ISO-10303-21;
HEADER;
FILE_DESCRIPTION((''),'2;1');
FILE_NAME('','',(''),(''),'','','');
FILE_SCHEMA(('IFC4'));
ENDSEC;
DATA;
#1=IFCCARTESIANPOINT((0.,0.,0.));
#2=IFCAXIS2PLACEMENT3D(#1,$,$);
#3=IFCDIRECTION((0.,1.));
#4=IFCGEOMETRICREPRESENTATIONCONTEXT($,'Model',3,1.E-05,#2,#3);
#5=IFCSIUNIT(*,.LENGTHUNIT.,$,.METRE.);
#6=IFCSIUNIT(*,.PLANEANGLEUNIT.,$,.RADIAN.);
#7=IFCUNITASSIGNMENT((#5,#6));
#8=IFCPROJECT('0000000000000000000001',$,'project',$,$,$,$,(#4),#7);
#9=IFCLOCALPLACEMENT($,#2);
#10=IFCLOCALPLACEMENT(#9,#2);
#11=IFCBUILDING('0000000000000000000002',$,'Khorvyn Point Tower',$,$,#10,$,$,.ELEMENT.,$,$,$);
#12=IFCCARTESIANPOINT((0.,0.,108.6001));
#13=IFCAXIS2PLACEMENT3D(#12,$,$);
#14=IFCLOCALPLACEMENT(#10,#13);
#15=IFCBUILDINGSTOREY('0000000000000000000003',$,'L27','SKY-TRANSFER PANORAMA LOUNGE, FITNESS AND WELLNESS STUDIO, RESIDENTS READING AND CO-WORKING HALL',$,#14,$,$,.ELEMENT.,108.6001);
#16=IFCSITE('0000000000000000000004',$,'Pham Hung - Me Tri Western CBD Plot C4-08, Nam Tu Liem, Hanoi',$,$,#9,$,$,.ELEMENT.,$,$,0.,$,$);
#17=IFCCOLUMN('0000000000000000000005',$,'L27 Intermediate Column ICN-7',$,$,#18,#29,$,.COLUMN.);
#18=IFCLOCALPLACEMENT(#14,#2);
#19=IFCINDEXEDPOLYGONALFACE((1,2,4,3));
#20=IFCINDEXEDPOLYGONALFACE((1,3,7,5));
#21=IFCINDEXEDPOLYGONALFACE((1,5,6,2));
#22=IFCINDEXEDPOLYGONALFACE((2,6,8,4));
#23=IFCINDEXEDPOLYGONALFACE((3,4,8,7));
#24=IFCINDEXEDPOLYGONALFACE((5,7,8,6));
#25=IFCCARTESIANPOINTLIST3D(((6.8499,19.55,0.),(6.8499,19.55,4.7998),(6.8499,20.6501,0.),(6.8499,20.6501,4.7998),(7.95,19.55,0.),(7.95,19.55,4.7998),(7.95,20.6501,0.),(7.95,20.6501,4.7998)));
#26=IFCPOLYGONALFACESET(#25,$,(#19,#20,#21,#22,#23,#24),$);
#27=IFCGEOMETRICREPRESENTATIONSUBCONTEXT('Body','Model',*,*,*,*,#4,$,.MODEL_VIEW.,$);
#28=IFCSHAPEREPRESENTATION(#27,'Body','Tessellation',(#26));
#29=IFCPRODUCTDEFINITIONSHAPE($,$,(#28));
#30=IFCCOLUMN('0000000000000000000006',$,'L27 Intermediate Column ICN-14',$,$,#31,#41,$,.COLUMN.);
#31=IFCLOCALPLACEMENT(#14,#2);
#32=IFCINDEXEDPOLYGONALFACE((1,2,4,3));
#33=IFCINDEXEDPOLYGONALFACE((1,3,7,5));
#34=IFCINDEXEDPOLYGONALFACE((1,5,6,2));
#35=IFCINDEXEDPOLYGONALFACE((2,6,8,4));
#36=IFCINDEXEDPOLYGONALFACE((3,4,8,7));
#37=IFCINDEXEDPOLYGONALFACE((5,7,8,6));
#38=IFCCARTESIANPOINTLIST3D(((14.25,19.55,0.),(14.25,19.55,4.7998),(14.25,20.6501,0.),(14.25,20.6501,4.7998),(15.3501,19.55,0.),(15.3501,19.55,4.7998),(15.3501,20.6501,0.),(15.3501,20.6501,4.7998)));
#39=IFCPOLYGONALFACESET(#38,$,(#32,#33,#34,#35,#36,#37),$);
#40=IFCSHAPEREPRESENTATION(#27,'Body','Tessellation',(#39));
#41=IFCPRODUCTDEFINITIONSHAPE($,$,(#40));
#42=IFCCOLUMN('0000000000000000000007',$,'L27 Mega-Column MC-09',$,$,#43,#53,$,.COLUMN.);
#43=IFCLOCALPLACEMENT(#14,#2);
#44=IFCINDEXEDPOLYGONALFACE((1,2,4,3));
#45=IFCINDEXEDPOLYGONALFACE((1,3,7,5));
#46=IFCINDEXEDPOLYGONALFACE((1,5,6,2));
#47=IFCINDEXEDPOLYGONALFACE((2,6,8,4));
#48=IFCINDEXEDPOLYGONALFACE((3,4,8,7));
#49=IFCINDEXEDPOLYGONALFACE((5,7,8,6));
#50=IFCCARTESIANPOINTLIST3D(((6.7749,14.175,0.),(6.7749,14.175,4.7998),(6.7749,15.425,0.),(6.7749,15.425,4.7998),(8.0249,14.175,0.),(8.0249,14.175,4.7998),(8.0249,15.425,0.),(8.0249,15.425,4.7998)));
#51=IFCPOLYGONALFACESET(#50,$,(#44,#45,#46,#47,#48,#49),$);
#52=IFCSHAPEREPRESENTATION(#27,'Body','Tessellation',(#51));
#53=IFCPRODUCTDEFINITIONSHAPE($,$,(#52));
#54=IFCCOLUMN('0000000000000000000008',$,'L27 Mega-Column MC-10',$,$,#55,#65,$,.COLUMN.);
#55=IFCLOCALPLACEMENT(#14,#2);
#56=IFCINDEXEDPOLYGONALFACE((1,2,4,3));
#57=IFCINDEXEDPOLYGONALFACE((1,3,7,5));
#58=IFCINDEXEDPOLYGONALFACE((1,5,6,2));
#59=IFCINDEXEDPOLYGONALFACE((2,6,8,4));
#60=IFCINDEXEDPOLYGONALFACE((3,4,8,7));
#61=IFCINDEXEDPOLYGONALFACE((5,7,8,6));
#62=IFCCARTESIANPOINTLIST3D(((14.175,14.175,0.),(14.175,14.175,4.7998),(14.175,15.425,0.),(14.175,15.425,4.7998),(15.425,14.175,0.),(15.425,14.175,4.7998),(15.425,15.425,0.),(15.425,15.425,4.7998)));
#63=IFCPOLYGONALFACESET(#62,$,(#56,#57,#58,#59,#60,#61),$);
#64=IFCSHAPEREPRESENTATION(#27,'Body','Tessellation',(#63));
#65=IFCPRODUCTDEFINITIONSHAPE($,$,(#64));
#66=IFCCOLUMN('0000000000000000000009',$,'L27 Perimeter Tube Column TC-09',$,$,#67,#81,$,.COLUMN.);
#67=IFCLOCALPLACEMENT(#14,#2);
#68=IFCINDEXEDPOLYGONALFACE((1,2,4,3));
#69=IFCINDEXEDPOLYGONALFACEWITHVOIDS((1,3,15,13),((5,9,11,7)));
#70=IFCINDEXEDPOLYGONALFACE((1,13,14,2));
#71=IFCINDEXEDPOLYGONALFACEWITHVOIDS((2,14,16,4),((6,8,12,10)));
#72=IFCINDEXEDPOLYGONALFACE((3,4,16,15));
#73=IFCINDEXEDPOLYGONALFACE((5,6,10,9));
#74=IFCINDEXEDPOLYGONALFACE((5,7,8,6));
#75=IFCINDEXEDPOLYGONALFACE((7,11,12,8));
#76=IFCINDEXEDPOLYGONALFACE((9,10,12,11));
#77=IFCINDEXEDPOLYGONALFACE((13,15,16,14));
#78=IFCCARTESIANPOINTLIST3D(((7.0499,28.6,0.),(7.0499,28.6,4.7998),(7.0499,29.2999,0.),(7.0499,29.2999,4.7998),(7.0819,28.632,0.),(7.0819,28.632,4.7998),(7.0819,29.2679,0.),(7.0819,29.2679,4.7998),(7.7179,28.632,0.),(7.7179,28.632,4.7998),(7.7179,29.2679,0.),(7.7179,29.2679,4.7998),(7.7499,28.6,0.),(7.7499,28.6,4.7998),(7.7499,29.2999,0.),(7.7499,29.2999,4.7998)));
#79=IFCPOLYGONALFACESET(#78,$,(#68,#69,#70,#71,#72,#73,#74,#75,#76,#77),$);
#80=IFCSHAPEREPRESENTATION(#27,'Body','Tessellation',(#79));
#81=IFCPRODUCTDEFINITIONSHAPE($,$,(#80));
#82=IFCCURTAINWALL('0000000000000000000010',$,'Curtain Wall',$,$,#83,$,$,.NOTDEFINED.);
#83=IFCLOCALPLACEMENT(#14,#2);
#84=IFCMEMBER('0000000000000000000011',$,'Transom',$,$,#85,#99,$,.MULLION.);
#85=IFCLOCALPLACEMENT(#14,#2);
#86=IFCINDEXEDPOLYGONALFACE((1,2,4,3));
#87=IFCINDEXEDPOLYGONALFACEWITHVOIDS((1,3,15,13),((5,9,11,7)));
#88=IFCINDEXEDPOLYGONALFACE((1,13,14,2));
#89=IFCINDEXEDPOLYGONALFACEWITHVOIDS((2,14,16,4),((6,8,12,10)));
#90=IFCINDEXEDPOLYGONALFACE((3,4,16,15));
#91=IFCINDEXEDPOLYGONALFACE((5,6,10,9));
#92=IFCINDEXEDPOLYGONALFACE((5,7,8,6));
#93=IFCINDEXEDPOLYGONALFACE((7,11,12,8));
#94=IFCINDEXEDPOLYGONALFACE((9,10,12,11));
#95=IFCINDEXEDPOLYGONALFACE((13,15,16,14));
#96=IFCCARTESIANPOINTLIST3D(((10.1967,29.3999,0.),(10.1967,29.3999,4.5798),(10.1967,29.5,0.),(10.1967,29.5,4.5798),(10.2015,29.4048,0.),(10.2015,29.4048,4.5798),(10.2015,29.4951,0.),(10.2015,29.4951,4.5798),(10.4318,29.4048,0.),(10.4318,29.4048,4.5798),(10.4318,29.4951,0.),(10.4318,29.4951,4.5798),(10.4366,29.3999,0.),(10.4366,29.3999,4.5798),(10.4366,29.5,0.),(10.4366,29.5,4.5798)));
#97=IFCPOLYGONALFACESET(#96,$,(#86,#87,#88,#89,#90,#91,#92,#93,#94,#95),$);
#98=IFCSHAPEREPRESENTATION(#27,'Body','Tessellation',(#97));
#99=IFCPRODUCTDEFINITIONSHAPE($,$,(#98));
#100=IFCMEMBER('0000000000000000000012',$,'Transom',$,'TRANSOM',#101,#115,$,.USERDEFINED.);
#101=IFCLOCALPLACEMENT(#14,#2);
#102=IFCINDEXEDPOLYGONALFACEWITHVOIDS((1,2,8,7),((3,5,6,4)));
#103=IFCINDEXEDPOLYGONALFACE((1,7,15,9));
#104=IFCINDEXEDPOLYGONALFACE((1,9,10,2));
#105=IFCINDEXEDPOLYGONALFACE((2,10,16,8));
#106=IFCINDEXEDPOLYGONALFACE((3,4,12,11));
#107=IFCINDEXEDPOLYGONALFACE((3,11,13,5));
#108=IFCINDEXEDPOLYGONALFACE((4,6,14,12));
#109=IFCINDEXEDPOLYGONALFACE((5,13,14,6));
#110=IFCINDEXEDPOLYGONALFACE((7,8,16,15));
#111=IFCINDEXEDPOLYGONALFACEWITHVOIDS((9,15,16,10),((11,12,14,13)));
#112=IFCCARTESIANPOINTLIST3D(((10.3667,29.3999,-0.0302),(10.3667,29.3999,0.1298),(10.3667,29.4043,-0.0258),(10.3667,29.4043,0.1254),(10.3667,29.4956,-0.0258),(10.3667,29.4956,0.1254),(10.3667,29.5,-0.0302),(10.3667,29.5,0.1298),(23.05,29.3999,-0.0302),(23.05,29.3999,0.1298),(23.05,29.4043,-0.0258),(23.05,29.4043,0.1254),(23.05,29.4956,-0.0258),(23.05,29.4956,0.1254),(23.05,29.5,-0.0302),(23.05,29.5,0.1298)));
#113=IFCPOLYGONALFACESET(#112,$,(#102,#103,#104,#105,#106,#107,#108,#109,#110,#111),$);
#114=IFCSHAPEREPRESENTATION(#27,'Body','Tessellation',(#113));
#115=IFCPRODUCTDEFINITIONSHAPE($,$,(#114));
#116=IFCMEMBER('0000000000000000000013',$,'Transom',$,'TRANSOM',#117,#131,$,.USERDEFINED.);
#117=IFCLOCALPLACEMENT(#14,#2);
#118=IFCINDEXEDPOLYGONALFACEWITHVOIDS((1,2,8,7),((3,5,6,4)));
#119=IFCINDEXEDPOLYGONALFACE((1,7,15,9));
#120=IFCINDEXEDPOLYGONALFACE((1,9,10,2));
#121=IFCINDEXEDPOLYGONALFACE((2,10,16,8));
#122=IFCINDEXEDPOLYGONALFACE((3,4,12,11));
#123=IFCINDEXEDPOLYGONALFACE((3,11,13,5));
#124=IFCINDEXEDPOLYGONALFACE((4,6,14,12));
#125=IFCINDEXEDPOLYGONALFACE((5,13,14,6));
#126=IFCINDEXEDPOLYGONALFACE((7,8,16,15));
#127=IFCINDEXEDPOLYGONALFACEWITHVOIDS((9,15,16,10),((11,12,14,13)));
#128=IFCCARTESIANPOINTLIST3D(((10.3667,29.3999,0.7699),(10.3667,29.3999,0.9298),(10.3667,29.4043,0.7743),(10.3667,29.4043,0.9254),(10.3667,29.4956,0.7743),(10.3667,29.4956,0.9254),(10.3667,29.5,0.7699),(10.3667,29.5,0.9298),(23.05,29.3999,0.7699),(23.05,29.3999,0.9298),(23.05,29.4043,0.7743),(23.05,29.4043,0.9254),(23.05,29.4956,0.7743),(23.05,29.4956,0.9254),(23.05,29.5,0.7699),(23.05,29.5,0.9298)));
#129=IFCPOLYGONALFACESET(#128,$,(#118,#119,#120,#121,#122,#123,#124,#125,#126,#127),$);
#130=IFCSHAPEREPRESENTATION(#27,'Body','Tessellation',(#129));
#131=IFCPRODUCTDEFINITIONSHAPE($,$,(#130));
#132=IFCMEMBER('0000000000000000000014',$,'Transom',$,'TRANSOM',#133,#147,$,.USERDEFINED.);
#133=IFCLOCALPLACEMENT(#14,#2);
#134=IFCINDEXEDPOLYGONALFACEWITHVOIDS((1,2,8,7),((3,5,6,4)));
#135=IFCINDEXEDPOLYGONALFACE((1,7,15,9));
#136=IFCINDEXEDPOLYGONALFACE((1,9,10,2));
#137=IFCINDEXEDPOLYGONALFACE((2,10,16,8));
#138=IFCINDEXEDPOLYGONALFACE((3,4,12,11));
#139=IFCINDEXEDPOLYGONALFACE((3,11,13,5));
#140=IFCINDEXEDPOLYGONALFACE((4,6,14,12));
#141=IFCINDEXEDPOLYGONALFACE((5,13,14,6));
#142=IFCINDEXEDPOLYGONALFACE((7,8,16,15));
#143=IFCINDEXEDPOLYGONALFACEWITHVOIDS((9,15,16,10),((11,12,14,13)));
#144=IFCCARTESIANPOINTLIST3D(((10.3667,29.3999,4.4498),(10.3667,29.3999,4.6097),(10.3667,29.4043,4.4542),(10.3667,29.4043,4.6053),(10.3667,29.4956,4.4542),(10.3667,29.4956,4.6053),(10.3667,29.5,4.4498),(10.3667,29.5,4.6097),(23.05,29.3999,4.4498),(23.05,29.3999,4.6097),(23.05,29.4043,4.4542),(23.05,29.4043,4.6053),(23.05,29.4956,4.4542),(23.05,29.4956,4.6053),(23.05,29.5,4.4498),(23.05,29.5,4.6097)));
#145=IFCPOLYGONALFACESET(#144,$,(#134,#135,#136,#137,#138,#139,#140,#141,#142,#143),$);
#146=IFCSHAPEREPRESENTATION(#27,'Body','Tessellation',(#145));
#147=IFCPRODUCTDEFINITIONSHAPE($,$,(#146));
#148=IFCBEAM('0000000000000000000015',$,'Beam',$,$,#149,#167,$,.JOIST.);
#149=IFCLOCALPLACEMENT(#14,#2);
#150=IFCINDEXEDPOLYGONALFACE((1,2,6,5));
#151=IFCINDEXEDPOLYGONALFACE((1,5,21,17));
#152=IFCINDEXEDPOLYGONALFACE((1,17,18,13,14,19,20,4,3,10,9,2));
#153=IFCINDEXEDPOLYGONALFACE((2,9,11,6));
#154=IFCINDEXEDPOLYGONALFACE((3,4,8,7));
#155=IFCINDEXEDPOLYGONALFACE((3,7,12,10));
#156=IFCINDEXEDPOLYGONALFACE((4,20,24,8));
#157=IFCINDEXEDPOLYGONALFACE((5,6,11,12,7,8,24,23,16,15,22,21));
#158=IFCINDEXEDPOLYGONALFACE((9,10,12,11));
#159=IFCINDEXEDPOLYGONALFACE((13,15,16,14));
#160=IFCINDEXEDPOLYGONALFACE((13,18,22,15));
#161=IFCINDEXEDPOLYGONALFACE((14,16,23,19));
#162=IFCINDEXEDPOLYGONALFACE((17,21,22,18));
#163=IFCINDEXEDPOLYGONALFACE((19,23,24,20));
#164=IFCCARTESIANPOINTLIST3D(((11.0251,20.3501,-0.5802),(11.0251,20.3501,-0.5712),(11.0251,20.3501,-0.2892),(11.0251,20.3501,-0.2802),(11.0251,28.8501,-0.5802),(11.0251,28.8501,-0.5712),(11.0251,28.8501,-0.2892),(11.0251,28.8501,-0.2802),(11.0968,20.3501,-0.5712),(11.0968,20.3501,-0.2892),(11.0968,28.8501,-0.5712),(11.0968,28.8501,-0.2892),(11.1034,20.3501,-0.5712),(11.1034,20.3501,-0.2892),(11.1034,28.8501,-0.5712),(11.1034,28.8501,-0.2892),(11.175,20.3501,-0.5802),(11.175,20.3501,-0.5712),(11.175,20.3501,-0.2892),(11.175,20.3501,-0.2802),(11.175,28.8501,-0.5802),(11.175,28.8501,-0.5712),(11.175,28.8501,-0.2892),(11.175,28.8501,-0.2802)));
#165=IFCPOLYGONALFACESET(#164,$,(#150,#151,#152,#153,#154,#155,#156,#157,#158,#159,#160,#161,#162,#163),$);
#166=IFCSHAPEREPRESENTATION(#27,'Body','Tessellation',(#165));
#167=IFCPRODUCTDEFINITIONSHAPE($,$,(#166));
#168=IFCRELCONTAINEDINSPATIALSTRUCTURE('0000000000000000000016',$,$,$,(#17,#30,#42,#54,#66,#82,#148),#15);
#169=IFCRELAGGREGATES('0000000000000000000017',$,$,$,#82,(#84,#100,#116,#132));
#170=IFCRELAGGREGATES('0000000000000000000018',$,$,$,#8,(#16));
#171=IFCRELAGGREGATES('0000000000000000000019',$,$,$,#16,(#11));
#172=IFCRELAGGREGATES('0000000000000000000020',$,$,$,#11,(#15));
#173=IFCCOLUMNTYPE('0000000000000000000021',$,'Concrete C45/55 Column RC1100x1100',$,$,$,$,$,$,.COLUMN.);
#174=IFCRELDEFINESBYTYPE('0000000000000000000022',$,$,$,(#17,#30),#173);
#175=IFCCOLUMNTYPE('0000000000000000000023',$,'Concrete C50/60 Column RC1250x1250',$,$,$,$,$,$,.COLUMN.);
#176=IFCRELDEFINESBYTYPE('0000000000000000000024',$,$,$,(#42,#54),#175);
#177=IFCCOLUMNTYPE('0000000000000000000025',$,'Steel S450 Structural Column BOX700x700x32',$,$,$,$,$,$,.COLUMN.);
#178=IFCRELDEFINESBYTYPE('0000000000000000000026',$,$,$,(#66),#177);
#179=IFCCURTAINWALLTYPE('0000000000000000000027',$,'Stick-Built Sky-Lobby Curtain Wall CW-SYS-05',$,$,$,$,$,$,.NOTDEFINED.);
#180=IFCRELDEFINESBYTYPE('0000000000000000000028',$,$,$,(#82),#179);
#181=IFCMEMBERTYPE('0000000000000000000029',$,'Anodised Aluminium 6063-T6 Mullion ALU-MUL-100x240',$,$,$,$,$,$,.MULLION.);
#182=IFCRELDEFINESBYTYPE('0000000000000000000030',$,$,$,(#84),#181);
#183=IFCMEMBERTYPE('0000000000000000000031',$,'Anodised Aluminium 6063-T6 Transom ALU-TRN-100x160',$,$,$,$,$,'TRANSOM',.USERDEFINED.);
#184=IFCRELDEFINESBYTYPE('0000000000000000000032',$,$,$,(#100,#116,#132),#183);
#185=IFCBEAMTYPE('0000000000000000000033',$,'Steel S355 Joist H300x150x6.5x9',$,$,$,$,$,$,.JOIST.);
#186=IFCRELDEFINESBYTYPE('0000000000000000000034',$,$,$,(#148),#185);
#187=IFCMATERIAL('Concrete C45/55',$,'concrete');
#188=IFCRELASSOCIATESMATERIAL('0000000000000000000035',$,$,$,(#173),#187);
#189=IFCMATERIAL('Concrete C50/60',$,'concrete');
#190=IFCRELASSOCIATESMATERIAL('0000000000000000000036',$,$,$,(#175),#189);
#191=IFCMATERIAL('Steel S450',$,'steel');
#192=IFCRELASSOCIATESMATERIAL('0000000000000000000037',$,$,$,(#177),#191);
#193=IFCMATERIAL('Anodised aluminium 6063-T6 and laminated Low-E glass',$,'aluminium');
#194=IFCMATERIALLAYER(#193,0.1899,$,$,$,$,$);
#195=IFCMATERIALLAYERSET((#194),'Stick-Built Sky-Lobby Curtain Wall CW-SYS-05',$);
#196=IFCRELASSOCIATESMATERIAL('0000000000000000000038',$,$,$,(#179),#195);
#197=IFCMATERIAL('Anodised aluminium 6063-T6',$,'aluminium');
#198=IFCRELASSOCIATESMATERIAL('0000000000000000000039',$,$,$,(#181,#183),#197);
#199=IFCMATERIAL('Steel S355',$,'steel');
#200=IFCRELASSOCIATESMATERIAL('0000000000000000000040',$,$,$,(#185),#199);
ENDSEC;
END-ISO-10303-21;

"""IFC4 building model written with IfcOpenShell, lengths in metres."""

from ifc_helpers import new_model, si_unit, direction, frame, origin, origin_2d, place, context, subcontext, project, spatial, rectangle, hollow_rectangle, i_section, extrude, material, layer, layer_set, material_profile, profile_set, type_object, element, aggregate, save


model = new_model("IFC4")

# Units and contexts
model_context = context("Model", 3, precision=1e-05, world=origin(), true_north=direction((0.0, 1.0)))
body_context = subcontext(model_context, "Body", "Model", "MODEL_VIEW")
ifc_project = project(units=[si_unit("LENGTHUNIT", "METRE"), si_unit("PLANEANGLEUNIT", "RADIAN")], contexts=[model_context])

# Site, building, storey
site_placement = place(None, origin())
site = spatial("IfcSite", under=ifc_project, at=site_placement, Name="Pham Hung - Me Tri Western CBD Plot C4-08, Nam Tu Liem, Hanoi", CompositionType="ELEMENT", RefElevation=0.0)
building_placement = place(site_placement, origin())
building = spatial("IfcBuilding", under=site, at=building_placement, Name="Khorvyn Point Tower", CompositionType="ELEMENT")
storey_placement = place(building_placement, frame((0.0, 0.0, 108.6001)))
storey = spatial("IfcBuildingStorey", under=building, at=storey_placement, Name="L27", Description="SKY-TRANSFER PANORAMA LOUNGE, FITNESS AND WELLNESS STUDIO, RESIDENTS READING AND CO-WORKING HALL", CompositionType="ELEMENT", Elevation=108.6001)

# Columns
ifc_material_1 = material(Name="Concrete C45/55", Category="concrete")
ifc_material_profile_1 = material_profile(ifc_material_1, rectangle(XDim=1.1001, YDim=1.1001, at=origin_2d()))
ifc_profile_set_1 = profile_set([ifc_material_profile_1], Name="Concrete C45/55 RC1100x1100")
column_type_1 = type_object("IfcColumnType", Name="Concrete C45/55 Column RC1100x1100", PredefinedType="COLUMN", material=ifc_profile_set_1)
for number, where, z_axis, x_axis, name in (
    (1, (7.3999, 20.1001, 0.0), (0.0, 0.0, 1.0), (1.0, 0.0, 0.0), "L27 Intermediate Column ICN-7"),
    (2, (14.8, 20.1001, 0.0), (0.0, 0.0, 1.0), (1.0, 0.0, 0.0), "L27 Intermediate Column ICN-14"),
):
    element("IfcColumn", number, at=place(storey_placement, frame(where, z_axis=z_axis, x_axis=x_axis)), inside=storey, type_object=column_type_1, Name=name, PredefinedType="COLUMN", context=body_context, shape_type="SweptSolid", body=[
        extrude(rectangle(XDim=1.1001, YDim=1.1001, at=origin_2d()), origin(), (0.0, 0.0, 1.0), 4.7998),
    ])
ifc_material_2 = material(Name="Concrete C50/60", Category="concrete")
ifc_material_profile_2 = material_profile(ifc_material_2, rectangle(XDim=1.25, YDim=1.25, at=origin_2d()))
ifc_profile_set_2 = profile_set([ifc_material_profile_2], Name="Concrete C50/60 RC1250x1250")
column_type_2 = type_object("IfcColumnType", Name="Concrete C50/60 Column RC1250x1250", PredefinedType="COLUMN", material=ifc_profile_set_2)
for number, where, z_axis, x_axis, name in (
    (3, (7.3999, 14.8, 0.0), (0.0, 0.0, 1.0), (1.0, 0.0, 0.0), "L27 Mega-Column MC-09"),
    (4, (14.8, 14.8, 0.0), (0.0, 0.0, 1.0), (1.0, 0.0, 0.0), "L27 Mega-Column MC-10"),
):
    element("IfcColumn", number, at=place(storey_placement, frame(where, z_axis=z_axis, x_axis=x_axis)), inside=storey, type_object=column_type_2, Name=name, PredefinedType="COLUMN", context=body_context, shape_type="SweptSolid", body=[
        extrude(rectangle(XDim=1.25, YDim=1.25, at=origin_2d()), origin(), (0.0, 0.0, 1.0), 4.7998),
    ])
ifc_material_3 = material(Name="Steel S450", Category="steel")
ifc_material_profile_3 = material_profile(ifc_material_3, hollow_rectangle(XDim=0.7, YDim=0.7, WallThickness=0.032, at=origin_2d()))
ifc_profile_set_3 = profile_set([ifc_material_profile_3], Name="Steel S450 BOX700x700x32")
column_type_3 = type_object("IfcColumnType", Name="Steel S450 Structural Column BOX700x700x32", PredefinedType="COLUMN", material=ifc_profile_set_3)
column_placement = place(storey_placement, frame((7.3999, 28.95, 0.0), z_axis=(0.0, 0.0, 1.0), x_axis=(1.0, 0.0, 0.0)))
element("IfcColumn", 5, at=column_placement, inside=storey, type_object=column_type_3, Name="L27 Perimeter Tube Column TC-09", PredefinedType="COLUMN", context=body_context, shape_type="SweptSolid", body=[
    extrude(hollow_rectangle(XDim=0.7, YDim=0.7, WallThickness=0.032, at=origin_2d()), origin(), (0.0, 0.0, 1.0), 4.7998),
])

# Curtain wall, members
ifc_material_4 = material(Name="Anodised aluminium 6063-T6 and laminated Low-E glass", Category="aluminium")
ifc_layer_1 = layer(ifc_material_4, 0.1899)
ifc_layer_set_1 = layer_set([ifc_layer_1], Name="Stick-Built Sky-Lobby Curtain Wall CW-SYS-05")
curtain_wall_type = type_object("IfcCurtainWallType", Name="Stick-Built Sky-Lobby Curtain Wall CW-SYS-05", PredefinedType="NOTDEFINED", material=ifc_layer_set_1)
curtain_wall_placement = place(storey_placement, origin())
curtain_wall = element("IfcCurtainWall", 6, at=curtain_wall_placement, inside=storey, type_object=curtain_wall_type, Name="Curtain Wall", PredefinedType="NOTDEFINED")
ifc_material_5 = material(Name="Anodised aluminium 6063-T6", Category="aluminium")
ifc_material_profile_4 = material_profile(ifc_material_5, hollow_rectangle(XDim=0.1001, YDim=0.24, WallThickness=0.0049, at=origin_2d()))
ifc_profile_set_4 = profile_set([ifc_material_profile_4], Name="Anodised aluminium 6063-T6 ALU-MUL-100x240")
member_type_1 = type_object("IfcMemberType", Name="Anodised Aluminium 6063-T6 Mullion ALU-MUL-100x240", PredefinedType="MULLION", material=ifc_profile_set_4)
member_1_placement = place(storey_placement, frame((10.3167, 29.45, 0.0), z_axis=(0.0, 0.0, 1.0), x_axis=(0.0, 1.0, 0.0)))
member_1 = element("IfcMember", 7, at=member_1_placement, type_object=member_type_1, Name="Transom", PredefinedType="MULLION", context=body_context, shape_type="SweptSolid", body=[
    extrude(hollow_rectangle(XDim=0.1001, YDim=0.24, WallThickness=0.0049, at=origin_2d()), origin(), (0.0, 0.0, 1.0), 4.5798),
])
ifc_material_profile_5 = material_profile(ifc_material_5, hollow_rectangle(XDim=0.1001, YDim=0.1599, WallThickness=0.0044, at=origin_2d()))
ifc_profile_set_5 = profile_set([ifc_material_profile_5], Name="Anodised aluminium 6063-T6 ALU-TRN-100x160")
member_type_2 = type_object("IfcMemberType", Name="Anodised Aluminium 6063-T6 Transom ALU-TRN-100x160", ElementType="TRANSOM", PredefinedType="USERDEFINED", material=ifc_profile_set_5)
member_2_placement = place(storey_placement, frame((10.3667, 29.45, 0.0498), z_axis=(1.0, 0.0, 0.0), x_axis=(0.0, 1.0, 0.0)))
member_2 = element("IfcMember", 8, at=member_2_placement, type_object=member_type_2, Name="Transom", ObjectType="TRANSOM", PredefinedType="USERDEFINED", context=body_context, shape_type="SweptSolid", body=[
    extrude(hollow_rectangle(XDim=0.1001, YDim=0.1599, WallThickness=0.0044, at=origin_2d()), origin(), (0.0, 0.0, 1.0), 12.6833),
])
member_3_placement = place(storey_placement, frame((10.3667, 29.45, 0.8499), z_axis=(1.0, 0.0, 0.0), x_axis=(0.0, 1.0, 0.0)))
member_3 = element("IfcMember", 9, at=member_3_placement, type_object=member_type_2, Name="Transom", ObjectType="TRANSOM", PredefinedType="USERDEFINED", context=body_context, shape_type="SweptSolid", body=[
    extrude(hollow_rectangle(XDim=0.1001, YDim=0.1599, WallThickness=0.0044, at=origin_2d()), origin(), (0.0, 0.0, 1.0), 12.6833),
])
member_4_placement = place(storey_placement, frame((10.3667, 29.45, 4.5298), z_axis=(1.0, 0.0, 0.0), x_axis=(0.0, 1.0, 0.0)))
member_4 = element("IfcMember", 10, at=member_4_placement, type_object=member_type_2, Name="Transom", ObjectType="TRANSOM", PredefinedType="USERDEFINED", context=body_context, shape_type="SweptSolid", body=[
    extrude(hollow_rectangle(XDim=0.1001, YDim=0.1599, WallThickness=0.0044, at=origin_2d()), origin(), (0.0, 0.0, 1.0), 12.6833),
])

# Beam
ifc_material_6 = material(Name="Steel S355", Category="steel")
ifc_material_profile_6 = material_profile(ifc_material_6, i_section(OverallWidth=0.1499, OverallDepth=0.3, WebThickness=0.0066, FlangeThickness=0.009, at=origin_2d()))
ifc_profile_set_6 = profile_set([ifc_material_profile_6], Name="Steel S355 H300x150x6.5x9")
beam_type_1 = type_object("IfcBeamType", Name="Steel S355 Joist H300x150x6.5x9", PredefinedType="JOIST", material=ifc_profile_set_6)
beam_1_placement = place(storey_placement, frame((11.1001, 20.3501, -0.4302), z_axis=(0.0, 1.0, 0.0), x_axis=(-1.0, 0.0, 0.0)))
element("IfcBeam", 11, at=beam_1_placement, inside=storey, type_object=beam_type_1, Name="Beam", PredefinedType="JOIST", context=body_context, shape_type="SweptSolid", body=[
    extrude(i_section(OverallWidth=0.1499, OverallDepth=0.3, WebThickness=0.0066, FlangeThickness=0.009, at=origin_2d()), origin(), (0.0, 0.0, 1.0), 8.5),
])

aggregate(curtain_wall, [member_1, member_2, member_3, member_4])

save(model, "model.ifc")
